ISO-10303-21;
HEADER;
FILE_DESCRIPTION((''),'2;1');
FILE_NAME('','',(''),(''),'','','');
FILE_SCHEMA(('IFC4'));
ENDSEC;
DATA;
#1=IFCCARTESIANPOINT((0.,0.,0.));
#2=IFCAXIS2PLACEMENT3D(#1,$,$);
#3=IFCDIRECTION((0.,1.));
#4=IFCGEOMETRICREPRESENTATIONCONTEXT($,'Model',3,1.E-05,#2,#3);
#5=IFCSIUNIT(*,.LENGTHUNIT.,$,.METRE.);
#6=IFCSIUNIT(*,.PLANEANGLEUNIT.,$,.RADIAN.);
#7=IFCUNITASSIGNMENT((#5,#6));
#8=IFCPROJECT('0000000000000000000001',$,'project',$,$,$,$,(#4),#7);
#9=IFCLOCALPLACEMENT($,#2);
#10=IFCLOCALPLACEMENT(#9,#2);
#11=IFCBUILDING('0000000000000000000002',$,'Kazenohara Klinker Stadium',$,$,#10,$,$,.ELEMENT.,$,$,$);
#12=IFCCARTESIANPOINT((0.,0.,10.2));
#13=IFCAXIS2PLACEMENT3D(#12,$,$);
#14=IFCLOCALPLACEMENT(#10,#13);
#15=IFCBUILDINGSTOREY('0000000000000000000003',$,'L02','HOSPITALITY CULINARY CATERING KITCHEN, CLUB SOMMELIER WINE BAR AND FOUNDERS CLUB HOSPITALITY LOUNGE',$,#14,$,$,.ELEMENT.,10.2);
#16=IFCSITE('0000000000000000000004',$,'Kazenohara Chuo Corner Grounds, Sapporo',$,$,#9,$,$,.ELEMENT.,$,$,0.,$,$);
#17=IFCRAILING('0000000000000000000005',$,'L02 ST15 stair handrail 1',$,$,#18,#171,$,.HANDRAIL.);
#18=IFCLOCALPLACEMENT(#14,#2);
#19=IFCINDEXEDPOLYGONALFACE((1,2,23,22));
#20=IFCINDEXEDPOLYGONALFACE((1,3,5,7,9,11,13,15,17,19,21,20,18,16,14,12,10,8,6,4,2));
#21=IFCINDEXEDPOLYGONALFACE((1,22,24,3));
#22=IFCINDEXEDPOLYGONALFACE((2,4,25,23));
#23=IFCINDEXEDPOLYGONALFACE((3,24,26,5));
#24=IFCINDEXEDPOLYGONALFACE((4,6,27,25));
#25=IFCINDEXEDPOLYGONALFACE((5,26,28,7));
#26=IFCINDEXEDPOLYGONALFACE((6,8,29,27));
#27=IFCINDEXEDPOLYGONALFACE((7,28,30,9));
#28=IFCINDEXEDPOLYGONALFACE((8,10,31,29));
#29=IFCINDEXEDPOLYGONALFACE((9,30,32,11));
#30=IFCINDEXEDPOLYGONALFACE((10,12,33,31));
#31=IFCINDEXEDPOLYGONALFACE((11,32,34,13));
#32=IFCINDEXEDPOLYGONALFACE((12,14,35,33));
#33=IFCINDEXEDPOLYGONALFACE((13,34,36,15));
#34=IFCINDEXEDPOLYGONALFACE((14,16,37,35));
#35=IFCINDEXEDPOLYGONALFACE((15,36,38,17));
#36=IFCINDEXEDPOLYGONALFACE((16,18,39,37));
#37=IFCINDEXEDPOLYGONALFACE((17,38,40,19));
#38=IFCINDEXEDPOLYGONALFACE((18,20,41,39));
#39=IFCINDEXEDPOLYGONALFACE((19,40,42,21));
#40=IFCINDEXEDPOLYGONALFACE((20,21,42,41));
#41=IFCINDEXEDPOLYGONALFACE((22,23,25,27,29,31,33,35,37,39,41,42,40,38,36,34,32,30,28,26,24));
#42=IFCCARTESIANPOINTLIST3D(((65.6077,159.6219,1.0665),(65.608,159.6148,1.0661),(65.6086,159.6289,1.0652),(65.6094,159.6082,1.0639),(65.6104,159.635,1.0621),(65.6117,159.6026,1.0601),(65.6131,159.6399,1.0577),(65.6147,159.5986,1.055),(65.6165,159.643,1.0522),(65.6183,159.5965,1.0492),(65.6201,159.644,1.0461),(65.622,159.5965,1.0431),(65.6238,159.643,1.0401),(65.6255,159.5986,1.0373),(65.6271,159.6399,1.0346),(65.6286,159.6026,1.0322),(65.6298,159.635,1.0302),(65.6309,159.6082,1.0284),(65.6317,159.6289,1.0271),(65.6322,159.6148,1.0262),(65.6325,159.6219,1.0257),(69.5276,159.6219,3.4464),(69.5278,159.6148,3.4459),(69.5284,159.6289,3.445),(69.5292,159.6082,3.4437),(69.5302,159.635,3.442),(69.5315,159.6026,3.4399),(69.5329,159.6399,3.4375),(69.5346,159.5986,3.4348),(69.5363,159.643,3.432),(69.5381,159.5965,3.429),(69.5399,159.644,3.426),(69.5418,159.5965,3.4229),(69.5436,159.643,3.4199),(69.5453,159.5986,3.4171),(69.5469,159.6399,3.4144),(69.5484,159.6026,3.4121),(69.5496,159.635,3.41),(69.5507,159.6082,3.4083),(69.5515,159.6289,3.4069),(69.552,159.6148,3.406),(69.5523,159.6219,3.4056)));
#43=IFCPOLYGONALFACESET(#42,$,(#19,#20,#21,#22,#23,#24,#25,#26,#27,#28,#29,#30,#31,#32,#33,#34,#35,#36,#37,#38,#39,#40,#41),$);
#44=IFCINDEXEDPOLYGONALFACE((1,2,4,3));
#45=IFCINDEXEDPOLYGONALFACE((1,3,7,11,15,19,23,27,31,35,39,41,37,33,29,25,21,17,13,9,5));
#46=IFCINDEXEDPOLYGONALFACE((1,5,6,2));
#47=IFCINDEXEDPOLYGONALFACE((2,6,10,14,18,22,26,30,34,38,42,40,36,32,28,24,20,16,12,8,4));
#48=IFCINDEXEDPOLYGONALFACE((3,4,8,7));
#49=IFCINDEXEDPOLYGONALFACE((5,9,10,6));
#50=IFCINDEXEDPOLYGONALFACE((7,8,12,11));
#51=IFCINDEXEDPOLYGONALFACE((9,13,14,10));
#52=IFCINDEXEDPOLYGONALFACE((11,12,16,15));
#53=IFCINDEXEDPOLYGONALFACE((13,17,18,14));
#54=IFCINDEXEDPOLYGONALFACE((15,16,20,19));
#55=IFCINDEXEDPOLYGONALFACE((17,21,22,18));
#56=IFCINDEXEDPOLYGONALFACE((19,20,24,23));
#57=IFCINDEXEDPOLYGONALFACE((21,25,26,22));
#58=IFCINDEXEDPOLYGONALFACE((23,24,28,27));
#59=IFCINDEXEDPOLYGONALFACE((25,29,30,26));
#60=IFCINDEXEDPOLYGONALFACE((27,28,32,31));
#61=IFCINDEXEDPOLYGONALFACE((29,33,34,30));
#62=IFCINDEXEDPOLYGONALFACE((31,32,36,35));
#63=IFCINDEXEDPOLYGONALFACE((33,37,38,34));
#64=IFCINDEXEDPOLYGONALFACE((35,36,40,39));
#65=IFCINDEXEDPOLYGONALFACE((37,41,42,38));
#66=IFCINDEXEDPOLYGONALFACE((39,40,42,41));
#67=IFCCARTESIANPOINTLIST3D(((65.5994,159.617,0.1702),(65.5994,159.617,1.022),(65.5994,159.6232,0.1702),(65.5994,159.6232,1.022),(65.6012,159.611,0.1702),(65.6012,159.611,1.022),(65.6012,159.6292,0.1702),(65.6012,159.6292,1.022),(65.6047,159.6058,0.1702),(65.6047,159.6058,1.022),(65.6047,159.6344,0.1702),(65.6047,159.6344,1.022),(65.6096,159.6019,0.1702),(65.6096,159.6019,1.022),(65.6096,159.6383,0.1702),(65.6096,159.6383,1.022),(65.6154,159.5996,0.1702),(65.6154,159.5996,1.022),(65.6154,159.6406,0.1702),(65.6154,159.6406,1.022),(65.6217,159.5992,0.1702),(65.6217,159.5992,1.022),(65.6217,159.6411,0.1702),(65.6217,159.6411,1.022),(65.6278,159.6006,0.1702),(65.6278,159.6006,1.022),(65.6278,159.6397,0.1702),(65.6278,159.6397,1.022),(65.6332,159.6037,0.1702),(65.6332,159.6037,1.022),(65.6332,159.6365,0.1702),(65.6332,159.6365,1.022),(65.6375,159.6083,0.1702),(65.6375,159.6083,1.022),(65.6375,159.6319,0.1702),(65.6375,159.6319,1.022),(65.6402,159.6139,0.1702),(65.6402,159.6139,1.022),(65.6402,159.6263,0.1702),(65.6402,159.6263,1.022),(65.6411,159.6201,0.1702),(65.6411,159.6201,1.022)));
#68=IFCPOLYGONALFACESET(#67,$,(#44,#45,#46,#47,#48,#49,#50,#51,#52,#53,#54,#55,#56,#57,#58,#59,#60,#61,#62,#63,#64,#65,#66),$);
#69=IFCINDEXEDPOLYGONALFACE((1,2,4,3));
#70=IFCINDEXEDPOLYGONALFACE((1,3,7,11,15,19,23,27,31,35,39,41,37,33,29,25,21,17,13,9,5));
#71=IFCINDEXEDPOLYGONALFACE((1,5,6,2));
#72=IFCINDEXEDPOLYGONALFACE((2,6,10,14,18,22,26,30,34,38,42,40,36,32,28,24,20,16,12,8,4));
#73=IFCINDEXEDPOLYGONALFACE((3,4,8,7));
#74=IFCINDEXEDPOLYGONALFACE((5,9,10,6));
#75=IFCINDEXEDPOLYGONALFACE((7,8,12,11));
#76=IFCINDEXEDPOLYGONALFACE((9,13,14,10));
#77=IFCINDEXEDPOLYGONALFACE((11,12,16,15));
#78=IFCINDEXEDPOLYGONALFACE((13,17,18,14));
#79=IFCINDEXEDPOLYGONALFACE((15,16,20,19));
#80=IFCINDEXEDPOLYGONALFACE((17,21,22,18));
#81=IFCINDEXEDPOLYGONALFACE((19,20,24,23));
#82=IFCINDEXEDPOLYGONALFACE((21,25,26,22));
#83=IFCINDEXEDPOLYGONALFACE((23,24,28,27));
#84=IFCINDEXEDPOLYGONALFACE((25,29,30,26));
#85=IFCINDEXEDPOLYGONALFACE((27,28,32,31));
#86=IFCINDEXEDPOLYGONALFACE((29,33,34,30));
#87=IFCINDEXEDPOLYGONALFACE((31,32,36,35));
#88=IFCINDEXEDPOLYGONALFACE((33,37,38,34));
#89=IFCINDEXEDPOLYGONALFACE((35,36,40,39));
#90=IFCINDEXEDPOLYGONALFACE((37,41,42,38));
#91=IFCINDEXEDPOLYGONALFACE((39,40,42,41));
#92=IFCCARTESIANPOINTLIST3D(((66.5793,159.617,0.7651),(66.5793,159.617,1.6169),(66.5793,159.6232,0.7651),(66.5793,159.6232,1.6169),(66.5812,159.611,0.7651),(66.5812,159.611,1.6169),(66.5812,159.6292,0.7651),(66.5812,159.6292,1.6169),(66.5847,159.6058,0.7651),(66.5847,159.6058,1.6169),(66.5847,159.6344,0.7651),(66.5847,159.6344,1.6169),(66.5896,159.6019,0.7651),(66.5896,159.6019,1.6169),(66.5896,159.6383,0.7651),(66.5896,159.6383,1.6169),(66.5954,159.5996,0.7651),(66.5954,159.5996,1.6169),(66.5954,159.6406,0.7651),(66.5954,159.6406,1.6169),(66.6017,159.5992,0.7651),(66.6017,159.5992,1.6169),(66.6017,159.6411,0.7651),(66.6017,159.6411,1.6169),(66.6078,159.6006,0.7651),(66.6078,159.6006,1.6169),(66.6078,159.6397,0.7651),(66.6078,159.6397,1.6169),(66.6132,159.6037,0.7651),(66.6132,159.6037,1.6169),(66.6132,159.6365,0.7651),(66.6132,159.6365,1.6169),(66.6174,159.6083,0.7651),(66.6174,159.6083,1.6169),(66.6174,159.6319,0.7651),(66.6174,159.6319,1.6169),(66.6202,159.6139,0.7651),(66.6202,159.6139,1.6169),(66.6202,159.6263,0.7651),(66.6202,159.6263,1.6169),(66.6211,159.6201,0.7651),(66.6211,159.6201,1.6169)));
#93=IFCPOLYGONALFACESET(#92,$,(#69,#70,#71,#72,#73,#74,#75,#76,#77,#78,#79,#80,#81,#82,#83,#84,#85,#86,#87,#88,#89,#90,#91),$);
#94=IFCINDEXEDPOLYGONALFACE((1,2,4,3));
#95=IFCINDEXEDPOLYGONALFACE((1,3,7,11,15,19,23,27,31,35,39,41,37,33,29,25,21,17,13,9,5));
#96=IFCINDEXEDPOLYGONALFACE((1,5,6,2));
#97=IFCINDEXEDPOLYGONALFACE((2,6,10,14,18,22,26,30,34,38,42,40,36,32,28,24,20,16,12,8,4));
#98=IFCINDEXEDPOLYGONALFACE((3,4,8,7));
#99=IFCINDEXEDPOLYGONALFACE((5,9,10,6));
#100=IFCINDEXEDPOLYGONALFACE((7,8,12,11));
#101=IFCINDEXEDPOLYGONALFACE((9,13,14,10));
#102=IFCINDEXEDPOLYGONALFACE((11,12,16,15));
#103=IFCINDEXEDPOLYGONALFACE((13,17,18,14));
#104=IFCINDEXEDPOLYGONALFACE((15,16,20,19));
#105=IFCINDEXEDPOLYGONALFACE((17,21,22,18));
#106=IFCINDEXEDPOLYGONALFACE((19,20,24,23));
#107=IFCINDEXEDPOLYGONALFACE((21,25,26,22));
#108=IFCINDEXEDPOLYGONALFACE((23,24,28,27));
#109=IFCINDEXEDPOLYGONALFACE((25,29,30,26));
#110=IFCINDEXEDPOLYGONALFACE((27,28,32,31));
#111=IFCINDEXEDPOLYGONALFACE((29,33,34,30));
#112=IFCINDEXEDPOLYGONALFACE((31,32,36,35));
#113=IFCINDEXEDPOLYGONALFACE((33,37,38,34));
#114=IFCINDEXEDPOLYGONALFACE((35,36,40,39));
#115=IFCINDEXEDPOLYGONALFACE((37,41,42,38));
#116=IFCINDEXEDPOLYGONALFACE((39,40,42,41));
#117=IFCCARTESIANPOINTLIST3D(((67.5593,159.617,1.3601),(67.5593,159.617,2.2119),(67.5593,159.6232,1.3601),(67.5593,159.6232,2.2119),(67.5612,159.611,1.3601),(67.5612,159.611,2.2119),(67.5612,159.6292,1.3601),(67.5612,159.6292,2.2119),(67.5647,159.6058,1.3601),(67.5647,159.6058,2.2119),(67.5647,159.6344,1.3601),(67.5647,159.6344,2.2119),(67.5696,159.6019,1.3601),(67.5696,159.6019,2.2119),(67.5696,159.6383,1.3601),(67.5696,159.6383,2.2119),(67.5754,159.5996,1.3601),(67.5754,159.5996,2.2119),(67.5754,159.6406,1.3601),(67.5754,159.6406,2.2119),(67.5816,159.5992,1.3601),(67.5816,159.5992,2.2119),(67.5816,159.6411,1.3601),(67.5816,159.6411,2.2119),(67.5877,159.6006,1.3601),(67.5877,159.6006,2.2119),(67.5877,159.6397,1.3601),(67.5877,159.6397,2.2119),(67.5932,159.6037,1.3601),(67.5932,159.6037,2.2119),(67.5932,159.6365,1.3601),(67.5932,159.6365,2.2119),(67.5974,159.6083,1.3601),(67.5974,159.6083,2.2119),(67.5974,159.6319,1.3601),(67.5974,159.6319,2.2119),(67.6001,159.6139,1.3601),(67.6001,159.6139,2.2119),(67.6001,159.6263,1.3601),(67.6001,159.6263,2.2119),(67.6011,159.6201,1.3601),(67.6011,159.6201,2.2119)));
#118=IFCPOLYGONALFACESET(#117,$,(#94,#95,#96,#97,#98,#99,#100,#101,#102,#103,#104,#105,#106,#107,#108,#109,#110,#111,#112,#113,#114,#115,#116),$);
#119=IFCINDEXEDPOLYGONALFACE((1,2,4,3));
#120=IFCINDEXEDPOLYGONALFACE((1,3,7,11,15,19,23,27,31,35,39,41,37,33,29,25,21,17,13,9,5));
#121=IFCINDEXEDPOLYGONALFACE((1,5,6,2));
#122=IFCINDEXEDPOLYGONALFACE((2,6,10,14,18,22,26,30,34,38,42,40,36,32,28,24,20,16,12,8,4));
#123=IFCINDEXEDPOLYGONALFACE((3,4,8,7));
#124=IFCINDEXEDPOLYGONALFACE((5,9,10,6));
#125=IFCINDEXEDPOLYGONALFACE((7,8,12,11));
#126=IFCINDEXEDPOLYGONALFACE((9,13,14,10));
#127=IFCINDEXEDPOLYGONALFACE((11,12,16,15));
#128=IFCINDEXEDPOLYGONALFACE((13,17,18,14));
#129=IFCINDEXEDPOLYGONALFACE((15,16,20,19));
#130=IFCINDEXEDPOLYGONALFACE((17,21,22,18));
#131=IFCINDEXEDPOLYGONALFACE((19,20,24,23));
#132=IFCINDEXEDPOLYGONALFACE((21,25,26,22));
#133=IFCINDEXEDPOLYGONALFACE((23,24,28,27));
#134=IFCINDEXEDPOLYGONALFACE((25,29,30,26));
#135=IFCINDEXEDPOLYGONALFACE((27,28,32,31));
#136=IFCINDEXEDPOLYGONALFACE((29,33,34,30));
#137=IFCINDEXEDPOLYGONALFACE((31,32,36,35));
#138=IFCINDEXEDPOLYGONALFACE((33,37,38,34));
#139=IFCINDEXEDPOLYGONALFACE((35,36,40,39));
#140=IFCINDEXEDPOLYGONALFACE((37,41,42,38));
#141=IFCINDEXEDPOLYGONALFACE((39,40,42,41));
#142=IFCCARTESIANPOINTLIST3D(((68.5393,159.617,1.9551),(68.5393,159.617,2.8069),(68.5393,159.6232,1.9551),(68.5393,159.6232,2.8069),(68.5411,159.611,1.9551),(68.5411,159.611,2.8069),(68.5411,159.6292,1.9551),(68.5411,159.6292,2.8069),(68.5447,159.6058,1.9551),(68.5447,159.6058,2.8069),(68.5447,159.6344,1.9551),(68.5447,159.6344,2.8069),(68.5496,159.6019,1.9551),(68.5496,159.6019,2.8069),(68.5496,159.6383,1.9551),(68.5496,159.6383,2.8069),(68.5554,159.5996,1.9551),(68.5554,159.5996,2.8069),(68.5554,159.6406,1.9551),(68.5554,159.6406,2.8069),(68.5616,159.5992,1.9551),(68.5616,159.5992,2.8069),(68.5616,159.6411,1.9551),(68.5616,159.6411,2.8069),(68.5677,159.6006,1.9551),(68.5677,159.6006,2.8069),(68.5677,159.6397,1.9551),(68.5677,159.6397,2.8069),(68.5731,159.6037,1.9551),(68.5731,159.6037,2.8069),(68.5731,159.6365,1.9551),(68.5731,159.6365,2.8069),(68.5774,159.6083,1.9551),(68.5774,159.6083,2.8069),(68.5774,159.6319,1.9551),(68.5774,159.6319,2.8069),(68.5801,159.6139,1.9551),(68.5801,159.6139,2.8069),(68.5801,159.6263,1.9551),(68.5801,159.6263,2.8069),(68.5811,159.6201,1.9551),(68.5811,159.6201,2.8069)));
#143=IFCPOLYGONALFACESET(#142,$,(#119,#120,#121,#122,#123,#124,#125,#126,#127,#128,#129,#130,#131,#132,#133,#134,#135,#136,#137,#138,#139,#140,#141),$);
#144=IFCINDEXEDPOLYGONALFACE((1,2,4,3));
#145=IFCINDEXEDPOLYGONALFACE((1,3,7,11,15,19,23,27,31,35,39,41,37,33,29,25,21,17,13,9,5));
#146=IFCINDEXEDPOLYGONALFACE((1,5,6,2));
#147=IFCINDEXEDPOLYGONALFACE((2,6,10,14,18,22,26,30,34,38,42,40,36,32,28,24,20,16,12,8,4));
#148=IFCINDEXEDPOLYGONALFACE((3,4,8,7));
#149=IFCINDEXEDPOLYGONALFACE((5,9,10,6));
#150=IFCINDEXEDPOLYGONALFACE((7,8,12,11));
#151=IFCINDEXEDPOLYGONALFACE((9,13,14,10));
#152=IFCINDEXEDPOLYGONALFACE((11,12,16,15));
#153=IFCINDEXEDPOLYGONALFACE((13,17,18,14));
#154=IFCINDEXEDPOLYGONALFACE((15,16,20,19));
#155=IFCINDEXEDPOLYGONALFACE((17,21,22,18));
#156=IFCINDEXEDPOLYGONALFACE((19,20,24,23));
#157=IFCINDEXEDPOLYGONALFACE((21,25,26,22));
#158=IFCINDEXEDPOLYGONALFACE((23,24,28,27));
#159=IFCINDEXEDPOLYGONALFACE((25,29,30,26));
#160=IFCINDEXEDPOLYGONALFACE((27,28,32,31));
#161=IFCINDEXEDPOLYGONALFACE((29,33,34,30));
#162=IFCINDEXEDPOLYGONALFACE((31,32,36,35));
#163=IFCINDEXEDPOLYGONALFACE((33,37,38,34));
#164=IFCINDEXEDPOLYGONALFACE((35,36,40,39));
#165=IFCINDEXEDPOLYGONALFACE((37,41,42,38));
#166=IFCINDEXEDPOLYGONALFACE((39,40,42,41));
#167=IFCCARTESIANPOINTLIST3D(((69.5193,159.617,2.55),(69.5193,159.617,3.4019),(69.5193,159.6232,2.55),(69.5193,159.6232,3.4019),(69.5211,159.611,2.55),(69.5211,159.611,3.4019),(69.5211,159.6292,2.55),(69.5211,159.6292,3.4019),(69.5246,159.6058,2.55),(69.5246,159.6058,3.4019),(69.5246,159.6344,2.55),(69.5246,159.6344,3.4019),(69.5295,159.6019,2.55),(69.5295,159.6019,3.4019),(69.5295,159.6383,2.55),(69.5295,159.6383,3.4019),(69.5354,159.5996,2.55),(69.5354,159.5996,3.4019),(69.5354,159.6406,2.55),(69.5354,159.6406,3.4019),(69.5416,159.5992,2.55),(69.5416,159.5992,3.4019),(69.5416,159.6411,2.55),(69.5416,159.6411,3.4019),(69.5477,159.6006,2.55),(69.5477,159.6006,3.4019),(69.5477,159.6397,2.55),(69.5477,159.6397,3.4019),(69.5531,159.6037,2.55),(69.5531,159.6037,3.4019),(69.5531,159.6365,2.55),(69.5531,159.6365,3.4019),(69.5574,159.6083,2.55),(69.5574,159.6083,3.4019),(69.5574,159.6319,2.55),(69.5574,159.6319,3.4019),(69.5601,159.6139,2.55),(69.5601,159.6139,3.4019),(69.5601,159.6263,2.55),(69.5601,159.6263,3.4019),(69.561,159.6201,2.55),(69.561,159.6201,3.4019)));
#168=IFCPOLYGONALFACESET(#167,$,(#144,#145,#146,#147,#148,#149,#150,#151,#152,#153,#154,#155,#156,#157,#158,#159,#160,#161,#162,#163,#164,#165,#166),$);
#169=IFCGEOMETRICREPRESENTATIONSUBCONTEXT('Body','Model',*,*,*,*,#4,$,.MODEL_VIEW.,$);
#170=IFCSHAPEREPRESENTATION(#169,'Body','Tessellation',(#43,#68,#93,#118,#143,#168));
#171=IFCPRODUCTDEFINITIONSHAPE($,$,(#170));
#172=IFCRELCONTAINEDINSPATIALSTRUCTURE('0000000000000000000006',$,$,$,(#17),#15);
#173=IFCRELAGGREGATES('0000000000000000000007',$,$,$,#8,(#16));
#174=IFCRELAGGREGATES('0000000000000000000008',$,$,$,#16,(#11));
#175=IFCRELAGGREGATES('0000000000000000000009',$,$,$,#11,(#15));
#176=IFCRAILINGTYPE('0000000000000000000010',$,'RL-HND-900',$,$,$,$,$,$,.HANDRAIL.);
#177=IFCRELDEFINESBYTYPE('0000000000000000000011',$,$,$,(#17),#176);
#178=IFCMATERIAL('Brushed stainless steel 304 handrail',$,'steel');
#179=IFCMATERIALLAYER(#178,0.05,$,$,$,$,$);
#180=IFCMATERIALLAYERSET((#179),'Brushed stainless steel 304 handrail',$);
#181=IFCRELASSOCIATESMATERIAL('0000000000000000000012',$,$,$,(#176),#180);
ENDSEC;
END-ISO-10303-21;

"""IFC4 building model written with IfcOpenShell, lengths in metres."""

from ifc_helpers import new_model, si_unit, direction, frame, origin, origin_2d, place, context, subcontext, project, spatial, circle, extrude, material, layer, layer_set, type_object, element, save


model = new_model("IFC4")

# Units and contexts
model_context = context("Model", 3, precision=1e-05, world=origin(), true_north=direction((0.0, 1.0)))
body_context = subcontext(model_context, "Body", "Model", "MODEL_VIEW")
ifc_project = project(units=[si_unit("LENGTHUNIT", "METRE"), si_unit("PLANEANGLEUNIT", "RADIAN")], contexts=[model_context])

# Site, building, storey
site_placement = place(None, origin())
site = spatial("IfcSite", under=ifc_project, at=site_placement, Name="Kazenohara Chuo Corner Grounds, Sapporo", CompositionType="ELEMENT", RefElevation=0.0)
building_placement = place(site_placement, origin())
building = spatial("IfcBuilding", under=site, at=building_placement, Name="Kazenohara Klinker Stadium", CompositionType="ELEMENT")
storey_placement = place(building_placement, frame((0.0, 0.0, 10.2)))
storey = spatial("IfcBuildingStorey", under=building, at=storey_placement, Name="L02", Description="HOSPITALITY CULINARY CATERING KITCHEN, CLUB SOMMELIER WINE BAR AND FOUNDERS CLUB HOSPITALITY LOUNGE", CompositionType="ELEMENT", Elevation=10.2)

# Railing
ifc_material_1 = material(Name="Brushed stainless steel 304 handrail", Category="steel")
ifc_layer_1 = layer(ifc_material_1, 0.05)
ifc_layer_set_1 = layer_set([ifc_layer_1], Name="Brushed stainless steel 304 handrail")
railing_type_1 = type_object("IfcRailingType", Name="RL-HND-900", PredefinedType="HANDRAIL", material=ifc_layer_set_1)
railing_1_placement = place(storey_placement, frame((65.6201, 159.6201, 0.1702)))
element("IfcRailing", 1, at=railing_1_placement, inside=storey, type_object=railing_type_1, Name="L02 ST15 stair handrail 1", PredefinedType="HANDRAIL", context=body_context, shape_type="SweptSolid", body=[
    extrude(circle(Radius=0.0239, at=origin_2d()), frame((0.0, 0.0, 0.876), z_axis=(0.854794, 0.0, 0.518967), x_axis=(0.0, 1.0, 0.0)), (0.0, 0.0, 1.0), 4.5857),
    extrude(circle(Radius=0.021, at=origin_2d()), origin(), (0.0, 0.0, 1.0), 0.8518),
    extrude(circle(Radius=0.021, at=origin_2d()), frame((0.98, 0.0, 0.595)), (0.0, 0.0, 1.0), 0.8518),
    extrude(circle(Radius=0.021, at=origin_2d()), frame((1.96, 0.0, 1.1899)), (0.0, 0.0, 1.0), 0.8518),
    extrude(circle(Radius=0.021, at=origin_2d()), frame((2.9399, 0.0, 1.7849)), (0.0, 0.0, 1.0), 0.8518),
    extrude(circle(Radius=0.021, at=origin_2d()), frame((3.9199, 0.0, 2.3799)), (0.0, 0.0, 1.0), 0.8518),
])

save(model, "model.ifc")
